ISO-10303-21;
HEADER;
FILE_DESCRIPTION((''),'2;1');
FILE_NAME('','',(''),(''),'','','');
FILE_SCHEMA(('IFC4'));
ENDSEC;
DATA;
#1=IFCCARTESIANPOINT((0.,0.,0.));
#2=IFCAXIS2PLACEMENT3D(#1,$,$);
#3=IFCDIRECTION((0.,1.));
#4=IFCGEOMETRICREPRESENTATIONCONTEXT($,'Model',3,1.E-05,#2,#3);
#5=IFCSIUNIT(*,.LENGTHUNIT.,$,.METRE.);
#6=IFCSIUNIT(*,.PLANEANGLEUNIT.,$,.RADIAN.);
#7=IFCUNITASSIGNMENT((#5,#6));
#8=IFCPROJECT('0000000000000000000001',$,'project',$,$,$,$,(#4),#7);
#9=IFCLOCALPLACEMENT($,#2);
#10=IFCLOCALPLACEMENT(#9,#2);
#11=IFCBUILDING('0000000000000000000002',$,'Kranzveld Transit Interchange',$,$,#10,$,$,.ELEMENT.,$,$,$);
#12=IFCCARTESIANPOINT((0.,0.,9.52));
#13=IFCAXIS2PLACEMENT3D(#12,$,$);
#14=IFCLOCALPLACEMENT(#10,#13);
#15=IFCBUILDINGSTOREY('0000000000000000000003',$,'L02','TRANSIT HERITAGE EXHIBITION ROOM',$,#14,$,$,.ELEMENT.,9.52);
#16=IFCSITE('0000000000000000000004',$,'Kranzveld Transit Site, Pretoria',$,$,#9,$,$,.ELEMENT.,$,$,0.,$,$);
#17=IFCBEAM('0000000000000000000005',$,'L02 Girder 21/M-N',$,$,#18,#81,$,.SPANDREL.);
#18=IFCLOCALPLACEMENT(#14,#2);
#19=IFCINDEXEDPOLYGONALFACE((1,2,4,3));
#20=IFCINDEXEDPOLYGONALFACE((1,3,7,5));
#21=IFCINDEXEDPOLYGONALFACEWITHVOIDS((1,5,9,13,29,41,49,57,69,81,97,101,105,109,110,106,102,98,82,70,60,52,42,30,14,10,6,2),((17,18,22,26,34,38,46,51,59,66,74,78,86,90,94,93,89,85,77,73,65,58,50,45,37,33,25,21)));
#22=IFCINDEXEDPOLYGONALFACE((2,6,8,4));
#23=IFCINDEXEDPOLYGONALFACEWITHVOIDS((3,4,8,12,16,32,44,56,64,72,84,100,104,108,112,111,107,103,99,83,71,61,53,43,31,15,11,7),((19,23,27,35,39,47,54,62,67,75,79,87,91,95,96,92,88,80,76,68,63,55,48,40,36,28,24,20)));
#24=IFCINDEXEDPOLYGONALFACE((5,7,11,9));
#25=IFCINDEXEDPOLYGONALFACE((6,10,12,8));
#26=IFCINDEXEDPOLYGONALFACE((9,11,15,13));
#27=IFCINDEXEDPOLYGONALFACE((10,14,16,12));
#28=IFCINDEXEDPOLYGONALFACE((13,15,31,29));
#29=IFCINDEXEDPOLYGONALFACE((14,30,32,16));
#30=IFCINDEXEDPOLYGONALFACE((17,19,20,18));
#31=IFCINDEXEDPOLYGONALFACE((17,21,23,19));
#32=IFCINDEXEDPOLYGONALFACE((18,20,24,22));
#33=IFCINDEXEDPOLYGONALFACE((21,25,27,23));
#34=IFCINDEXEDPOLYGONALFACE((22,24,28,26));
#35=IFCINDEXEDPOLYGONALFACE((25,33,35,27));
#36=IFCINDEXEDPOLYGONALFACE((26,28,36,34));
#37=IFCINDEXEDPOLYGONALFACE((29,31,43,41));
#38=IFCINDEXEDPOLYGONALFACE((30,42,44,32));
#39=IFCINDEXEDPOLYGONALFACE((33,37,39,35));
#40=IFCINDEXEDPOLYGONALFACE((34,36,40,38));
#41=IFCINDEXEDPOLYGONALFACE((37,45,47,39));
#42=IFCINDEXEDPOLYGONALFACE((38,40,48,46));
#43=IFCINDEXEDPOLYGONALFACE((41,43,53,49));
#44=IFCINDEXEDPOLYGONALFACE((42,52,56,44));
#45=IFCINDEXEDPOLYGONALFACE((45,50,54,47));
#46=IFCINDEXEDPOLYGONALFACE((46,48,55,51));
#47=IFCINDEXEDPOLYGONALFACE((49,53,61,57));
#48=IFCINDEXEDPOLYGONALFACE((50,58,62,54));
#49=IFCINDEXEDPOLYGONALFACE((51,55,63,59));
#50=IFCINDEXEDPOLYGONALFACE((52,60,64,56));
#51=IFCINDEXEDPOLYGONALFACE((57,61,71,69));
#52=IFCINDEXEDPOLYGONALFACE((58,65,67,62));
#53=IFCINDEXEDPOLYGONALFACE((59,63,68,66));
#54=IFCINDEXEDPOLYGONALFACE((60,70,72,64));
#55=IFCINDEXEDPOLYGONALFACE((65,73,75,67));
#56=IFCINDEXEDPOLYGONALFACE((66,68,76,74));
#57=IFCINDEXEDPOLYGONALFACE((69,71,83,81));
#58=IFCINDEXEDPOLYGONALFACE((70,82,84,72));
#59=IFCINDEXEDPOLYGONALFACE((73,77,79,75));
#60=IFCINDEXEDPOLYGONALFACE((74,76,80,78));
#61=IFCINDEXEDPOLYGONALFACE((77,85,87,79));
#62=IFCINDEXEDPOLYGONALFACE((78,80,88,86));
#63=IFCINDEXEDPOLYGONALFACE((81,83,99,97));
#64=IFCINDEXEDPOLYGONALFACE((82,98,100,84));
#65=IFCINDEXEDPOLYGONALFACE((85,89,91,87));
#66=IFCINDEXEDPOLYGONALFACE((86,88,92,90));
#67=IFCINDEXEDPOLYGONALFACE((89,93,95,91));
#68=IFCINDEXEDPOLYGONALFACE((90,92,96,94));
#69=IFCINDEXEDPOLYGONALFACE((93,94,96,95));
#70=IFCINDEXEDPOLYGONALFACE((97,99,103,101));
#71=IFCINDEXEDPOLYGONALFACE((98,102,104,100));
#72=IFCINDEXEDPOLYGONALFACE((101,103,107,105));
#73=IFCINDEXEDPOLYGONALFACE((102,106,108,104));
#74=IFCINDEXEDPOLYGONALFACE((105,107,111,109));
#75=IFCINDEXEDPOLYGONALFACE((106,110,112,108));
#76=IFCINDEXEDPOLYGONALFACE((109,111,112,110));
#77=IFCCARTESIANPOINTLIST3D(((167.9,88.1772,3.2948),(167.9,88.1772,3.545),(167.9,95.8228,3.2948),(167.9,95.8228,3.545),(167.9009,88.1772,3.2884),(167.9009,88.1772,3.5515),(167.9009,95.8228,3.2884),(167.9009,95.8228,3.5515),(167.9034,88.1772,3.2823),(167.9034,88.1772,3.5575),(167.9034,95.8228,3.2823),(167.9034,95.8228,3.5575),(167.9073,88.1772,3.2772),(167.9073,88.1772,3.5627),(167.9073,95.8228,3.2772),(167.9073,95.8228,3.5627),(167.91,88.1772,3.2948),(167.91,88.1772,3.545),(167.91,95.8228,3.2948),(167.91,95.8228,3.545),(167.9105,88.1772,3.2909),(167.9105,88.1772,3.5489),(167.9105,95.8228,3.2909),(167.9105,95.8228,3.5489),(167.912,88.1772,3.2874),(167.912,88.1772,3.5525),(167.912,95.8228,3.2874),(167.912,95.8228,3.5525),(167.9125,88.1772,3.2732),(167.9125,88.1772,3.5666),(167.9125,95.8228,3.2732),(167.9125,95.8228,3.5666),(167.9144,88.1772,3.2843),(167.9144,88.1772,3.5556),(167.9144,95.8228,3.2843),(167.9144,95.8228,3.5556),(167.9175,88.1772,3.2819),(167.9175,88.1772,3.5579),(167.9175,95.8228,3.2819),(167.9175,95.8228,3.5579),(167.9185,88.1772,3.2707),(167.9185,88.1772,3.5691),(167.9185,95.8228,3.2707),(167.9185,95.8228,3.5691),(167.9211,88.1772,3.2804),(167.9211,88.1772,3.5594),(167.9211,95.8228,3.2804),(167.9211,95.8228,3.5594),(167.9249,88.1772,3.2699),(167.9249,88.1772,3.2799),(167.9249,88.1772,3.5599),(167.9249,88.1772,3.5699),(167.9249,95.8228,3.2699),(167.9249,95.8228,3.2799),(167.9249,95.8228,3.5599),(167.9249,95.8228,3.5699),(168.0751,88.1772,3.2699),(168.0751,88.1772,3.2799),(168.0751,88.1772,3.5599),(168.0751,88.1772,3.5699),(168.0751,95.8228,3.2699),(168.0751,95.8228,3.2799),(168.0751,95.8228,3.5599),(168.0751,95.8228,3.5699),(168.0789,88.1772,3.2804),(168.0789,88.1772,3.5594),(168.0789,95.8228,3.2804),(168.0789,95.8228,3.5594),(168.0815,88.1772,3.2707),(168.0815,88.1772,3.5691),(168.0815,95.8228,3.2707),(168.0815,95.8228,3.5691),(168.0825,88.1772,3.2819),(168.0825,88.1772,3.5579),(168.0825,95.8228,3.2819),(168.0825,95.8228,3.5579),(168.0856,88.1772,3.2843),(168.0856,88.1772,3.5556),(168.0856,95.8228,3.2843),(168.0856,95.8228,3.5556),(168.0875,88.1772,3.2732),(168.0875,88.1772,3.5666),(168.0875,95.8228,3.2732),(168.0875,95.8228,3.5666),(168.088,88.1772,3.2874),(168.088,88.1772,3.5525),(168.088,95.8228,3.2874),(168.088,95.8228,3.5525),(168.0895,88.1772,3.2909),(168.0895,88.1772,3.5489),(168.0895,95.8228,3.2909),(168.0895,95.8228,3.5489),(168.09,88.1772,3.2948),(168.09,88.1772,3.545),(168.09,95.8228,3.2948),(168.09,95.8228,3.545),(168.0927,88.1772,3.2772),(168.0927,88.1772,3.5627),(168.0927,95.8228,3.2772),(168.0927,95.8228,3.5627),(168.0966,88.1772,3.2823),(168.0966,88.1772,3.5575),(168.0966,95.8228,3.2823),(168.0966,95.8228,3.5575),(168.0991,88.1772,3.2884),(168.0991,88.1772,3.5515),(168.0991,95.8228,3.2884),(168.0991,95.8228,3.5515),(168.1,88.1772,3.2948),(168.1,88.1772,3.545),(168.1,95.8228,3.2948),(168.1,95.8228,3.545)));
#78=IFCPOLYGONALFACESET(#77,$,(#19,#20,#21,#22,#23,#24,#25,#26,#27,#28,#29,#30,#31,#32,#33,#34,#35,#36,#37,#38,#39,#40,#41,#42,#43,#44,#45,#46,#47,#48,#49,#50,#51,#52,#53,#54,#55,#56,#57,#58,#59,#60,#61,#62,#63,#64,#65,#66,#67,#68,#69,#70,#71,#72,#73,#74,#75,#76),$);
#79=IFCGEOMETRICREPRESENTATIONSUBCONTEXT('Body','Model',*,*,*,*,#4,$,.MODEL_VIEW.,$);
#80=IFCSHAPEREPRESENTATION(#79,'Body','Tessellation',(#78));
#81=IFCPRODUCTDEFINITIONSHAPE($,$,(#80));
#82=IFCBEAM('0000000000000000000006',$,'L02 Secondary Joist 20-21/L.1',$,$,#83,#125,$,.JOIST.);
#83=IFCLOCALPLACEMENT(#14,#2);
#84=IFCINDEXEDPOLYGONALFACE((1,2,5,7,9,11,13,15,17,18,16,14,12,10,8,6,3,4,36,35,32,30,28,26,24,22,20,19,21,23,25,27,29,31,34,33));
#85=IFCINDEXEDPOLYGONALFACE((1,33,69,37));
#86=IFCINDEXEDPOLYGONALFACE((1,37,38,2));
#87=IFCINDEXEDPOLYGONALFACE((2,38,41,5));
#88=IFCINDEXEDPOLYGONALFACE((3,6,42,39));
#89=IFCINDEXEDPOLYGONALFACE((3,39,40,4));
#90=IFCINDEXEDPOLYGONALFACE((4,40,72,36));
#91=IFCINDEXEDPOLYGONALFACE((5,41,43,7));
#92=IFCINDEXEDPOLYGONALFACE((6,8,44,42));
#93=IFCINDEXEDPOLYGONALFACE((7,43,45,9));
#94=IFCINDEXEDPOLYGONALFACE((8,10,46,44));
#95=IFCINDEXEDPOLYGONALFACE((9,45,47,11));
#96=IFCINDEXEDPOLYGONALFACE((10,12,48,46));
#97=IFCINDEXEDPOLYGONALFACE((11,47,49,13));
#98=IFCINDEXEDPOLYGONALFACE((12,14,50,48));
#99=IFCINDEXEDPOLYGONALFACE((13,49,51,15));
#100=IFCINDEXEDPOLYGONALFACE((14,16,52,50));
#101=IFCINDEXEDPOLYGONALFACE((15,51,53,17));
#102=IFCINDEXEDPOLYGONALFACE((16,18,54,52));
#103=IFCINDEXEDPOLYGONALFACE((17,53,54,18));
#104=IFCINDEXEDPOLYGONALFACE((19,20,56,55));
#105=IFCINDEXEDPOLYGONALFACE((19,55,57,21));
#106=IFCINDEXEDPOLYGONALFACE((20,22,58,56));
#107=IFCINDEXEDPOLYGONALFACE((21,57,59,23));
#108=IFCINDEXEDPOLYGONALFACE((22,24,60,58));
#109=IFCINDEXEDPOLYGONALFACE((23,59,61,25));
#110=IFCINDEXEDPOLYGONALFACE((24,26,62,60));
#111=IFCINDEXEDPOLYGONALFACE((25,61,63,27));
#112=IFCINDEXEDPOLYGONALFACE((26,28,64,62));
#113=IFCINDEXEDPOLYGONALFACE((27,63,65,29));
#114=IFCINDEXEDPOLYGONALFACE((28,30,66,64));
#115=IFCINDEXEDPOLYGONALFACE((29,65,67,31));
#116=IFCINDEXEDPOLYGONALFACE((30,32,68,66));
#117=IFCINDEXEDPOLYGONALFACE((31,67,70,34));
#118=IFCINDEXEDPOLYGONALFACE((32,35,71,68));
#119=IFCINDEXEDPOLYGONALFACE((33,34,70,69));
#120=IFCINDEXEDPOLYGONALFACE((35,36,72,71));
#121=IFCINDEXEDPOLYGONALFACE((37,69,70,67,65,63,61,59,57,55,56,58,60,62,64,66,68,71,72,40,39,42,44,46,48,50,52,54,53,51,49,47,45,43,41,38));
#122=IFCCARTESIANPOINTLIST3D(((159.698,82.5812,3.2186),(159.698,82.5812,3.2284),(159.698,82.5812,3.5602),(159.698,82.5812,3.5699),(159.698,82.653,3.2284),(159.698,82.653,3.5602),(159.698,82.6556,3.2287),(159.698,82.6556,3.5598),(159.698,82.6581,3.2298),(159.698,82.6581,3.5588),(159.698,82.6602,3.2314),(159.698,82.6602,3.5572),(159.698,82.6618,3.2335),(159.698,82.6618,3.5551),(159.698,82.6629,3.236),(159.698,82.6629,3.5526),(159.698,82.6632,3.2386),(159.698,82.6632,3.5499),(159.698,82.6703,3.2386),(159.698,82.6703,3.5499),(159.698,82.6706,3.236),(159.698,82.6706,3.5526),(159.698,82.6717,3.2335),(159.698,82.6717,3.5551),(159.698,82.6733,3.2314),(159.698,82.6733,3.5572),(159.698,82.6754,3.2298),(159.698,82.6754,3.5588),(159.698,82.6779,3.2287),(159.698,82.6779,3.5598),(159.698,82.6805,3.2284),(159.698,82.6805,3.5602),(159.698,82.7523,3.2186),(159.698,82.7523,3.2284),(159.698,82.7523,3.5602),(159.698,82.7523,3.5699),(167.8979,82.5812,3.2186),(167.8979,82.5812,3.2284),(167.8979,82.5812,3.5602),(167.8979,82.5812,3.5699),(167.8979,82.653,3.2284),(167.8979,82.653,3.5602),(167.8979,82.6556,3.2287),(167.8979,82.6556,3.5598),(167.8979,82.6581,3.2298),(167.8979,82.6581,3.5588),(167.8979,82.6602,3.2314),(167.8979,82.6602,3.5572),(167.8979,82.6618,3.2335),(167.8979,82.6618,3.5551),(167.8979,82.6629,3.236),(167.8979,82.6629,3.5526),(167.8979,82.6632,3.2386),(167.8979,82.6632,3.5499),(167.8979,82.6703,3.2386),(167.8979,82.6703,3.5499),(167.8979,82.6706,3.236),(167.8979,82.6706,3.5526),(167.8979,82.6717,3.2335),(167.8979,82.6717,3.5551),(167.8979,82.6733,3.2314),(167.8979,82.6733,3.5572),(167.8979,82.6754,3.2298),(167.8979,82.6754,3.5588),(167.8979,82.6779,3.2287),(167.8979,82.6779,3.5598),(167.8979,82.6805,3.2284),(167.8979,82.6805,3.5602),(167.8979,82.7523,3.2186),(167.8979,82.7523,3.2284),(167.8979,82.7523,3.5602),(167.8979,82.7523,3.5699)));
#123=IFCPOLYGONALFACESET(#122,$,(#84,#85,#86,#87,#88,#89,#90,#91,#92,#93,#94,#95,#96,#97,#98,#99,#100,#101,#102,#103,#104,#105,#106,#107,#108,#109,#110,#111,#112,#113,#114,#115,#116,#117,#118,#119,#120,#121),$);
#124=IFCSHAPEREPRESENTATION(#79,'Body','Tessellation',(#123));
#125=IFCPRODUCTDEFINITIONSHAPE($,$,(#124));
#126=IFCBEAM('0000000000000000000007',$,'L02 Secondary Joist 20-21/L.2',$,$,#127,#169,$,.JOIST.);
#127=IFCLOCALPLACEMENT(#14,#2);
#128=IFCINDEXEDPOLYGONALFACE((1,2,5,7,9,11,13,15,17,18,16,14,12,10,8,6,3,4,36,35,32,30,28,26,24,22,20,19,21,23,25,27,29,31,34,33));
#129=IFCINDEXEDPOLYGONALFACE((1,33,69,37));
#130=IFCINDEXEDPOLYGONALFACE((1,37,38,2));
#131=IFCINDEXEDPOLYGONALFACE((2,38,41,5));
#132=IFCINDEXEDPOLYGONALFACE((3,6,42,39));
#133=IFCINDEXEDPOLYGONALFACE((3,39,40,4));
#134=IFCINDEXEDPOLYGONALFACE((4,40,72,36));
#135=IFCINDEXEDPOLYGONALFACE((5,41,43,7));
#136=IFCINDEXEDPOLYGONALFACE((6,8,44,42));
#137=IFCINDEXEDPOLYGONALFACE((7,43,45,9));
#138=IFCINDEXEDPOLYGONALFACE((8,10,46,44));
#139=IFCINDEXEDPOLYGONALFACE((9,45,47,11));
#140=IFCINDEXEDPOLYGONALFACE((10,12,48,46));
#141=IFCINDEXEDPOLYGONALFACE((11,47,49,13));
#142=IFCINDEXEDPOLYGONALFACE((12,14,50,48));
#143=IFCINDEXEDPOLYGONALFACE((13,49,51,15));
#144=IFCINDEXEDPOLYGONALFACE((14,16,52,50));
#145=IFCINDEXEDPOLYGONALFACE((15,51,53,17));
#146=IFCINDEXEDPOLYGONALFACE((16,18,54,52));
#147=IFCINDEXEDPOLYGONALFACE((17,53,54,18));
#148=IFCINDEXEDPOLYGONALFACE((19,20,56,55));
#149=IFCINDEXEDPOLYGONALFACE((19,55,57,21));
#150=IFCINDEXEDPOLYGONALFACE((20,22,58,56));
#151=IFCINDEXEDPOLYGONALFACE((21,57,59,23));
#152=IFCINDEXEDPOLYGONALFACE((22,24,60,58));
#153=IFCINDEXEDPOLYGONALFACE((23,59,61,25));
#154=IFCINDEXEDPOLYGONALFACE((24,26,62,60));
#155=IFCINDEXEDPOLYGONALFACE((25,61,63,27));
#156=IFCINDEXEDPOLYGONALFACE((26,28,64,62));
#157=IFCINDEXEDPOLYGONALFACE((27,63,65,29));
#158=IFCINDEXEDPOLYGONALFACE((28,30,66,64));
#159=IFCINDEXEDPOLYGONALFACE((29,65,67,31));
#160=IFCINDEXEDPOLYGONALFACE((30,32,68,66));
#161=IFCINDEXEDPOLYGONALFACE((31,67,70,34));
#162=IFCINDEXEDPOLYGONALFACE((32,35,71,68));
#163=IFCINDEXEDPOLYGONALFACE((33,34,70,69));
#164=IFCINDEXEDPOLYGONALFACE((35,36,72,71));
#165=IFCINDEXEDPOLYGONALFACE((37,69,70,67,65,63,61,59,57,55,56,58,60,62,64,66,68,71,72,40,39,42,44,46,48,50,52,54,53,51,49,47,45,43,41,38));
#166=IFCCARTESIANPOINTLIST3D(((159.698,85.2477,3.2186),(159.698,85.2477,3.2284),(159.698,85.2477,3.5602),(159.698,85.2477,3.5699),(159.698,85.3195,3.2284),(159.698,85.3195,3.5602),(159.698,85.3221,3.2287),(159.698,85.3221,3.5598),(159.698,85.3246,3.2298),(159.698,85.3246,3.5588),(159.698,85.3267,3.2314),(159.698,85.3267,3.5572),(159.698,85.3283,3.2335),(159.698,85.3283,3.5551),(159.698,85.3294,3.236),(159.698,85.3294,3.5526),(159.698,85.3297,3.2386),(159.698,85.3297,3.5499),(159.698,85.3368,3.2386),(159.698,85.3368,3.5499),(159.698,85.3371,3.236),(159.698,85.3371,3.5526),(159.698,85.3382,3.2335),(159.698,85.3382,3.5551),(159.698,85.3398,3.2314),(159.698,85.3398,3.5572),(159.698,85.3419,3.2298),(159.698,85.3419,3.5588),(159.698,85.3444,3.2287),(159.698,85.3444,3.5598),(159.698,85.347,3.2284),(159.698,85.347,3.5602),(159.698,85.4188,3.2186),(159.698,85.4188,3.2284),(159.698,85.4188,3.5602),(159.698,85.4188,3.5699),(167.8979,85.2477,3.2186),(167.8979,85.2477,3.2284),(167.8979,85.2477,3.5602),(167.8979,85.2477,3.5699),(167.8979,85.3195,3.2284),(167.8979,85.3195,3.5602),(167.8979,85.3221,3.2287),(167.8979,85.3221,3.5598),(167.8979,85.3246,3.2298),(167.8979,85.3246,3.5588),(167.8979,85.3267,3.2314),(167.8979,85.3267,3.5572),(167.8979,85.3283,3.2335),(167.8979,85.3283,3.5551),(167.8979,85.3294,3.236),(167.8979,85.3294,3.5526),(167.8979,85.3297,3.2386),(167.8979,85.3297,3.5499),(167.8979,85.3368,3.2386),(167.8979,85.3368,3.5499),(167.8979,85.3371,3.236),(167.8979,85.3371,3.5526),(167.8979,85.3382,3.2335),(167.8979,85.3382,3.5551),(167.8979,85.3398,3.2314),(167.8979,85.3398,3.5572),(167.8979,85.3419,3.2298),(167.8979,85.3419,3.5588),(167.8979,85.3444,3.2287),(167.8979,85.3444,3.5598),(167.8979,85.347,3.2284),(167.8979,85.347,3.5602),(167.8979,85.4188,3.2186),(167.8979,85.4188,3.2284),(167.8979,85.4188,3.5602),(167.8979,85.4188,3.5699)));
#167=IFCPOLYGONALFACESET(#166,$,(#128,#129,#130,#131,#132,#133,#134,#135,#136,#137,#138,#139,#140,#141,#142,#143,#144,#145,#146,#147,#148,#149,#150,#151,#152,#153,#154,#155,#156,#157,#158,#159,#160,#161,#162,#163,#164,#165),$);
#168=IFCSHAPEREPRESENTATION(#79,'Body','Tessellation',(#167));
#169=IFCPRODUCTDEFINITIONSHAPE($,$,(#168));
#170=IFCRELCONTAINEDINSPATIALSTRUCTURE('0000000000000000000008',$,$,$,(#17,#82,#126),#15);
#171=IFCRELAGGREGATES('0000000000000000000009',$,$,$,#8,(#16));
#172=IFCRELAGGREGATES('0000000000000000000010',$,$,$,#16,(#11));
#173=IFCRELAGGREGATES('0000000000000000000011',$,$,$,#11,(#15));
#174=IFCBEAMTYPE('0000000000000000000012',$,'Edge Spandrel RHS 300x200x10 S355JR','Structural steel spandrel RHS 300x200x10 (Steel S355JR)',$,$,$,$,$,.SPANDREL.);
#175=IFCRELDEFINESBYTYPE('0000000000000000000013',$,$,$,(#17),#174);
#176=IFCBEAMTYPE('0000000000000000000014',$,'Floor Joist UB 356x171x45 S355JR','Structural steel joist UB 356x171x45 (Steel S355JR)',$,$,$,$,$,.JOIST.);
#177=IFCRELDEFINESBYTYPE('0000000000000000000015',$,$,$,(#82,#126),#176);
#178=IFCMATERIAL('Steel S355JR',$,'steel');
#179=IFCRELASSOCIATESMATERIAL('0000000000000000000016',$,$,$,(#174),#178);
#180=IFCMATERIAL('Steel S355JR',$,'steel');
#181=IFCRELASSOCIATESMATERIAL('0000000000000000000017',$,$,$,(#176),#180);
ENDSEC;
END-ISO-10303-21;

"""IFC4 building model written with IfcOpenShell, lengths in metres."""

from ifc_helpers import new_model, si_unit, direction, frame, origin, origin_2d, place, context, subcontext, project, spatial, hollow_rectangle, i_section, extrude, material, material_profile, profile_set, type_object, element, save


model = new_model("IFC4")

# Units and contexts
model_context = context("Model", 3, precision=1e-05, world=origin(), true_north=direction((0.0, 1.0)))
body_context = subcontext(model_context, "Body", "Model", "MODEL_VIEW")
ifc_project = project(units=[si_unit("LENGTHUNIT", "METRE"), si_unit("PLANEANGLEUNIT", "RADIAN")], contexts=[model_context])

# Site, building, storey
site_placement = place(None, origin())
site = spatial("IfcSite", under=ifc_project, at=site_placement, Name="Kranzveld Transit Site, Pretoria", CompositionType="ELEMENT", RefElevation=0.0)
building_placement = place(site_placement, origin())
building = spatial("IfcBuilding", under=site, at=building_placement, Name="Kranzveld Transit Interchange", CompositionType="ELEMENT")
storey_placement = place(building_placement, frame((0.0, 0.0, 9.52)))
storey = spatial("IfcBuildingStorey", under=building, at=storey_placement, Name="L02", Description="TRANSIT HERITAGE EXHIBITION ROOM", CompositionType="ELEMENT", Elevation=9.52)

# Beams
ifc_material_1 = material(Name="Steel S355JR", Category="steel")
ifc_material_profile_1 = material_profile(ifc_material_1, hollow_rectangle(XDim=0.2, YDim=0.3, WallThickness=0.01, InnerFilletRadius=0.0149, OuterFilletRadius=0.0249, at=origin_2d()), Name="RHS 300x200x10")
ifc_profile_set_1 = profile_set([ifc_material_profile_1], Name="Steel S355JR")
beam_type_1 = type_object("IfcBeamType", Name="Edge Spandrel RHS 300x200x10 S355JR", Description="Structural steel spandrel RHS 300x200x10 (Steel S355JR)", PredefinedType="SPANDREL", material=ifc_profile_set_1)
for number, where, z_axis, x_axis, name in (
    (1, (168.0, 88.1772, 3.4199), (0.0, 1.0, 0.0), (-1.0, 0.0, 0.0), "L02 Girder 21/M-N"),
):
    element("IfcBeam", number, at=place(storey_placement, frame(where, z_axis=z_axis, x_axis=x_axis)), inside=storey, type_object=beam_type_1, Name=name, PredefinedType="SPANDREL", context=body_context, shape_type="SweptSolid", body=[
        extrude(hollow_rectangle(XDim=0.2, YDim=0.3, WallThickness=0.01, InnerFilletRadius=0.0149, OuterFilletRadius=0.0249, at=origin_2d()), origin(), (0.0, 0.0, 1.0), 7.6455),
    ])
ifc_material_2 = material(Name="Steel S355JR", Category="steel")
ifc_material_profile_2 = material_profile(ifc_material_2, i_section(OverallWidth=0.1711, OverallDepth=0.3513, WebThickness=0.0071, FlangeThickness=0.0098, FilletRadius=0.0103, at=origin_2d()), Name="UB 356x171x45")
ifc_profile_set_2 = profile_set([ifc_material_profile_2], Name="Steel S355JR")
beam_type_2 = type_object("IfcBeamType", Name="Floor Joist UB 356x171x45 S355JR", Description="Structural steel joist UB 356x171x45 (Steel S355JR)", PredefinedType="JOIST", material=ifc_profile_set_2)
for number, where, z_axis, x_axis, name in (
    (2, (159.698, 82.6667, 3.3943), (1.0, 0.0, 0.0), (0.0, 1.0, 0.0), "L02 Secondary Joist 20-21/L.1"),
    (3, (159.698, 85.3333, 3.3943), (1.0, 0.0, 0.0), (0.0, 1.0, 0.0), "L02 Secondary Joist 20-21/L.2"),
):
    element("IfcBeam", number, at=place(storey_placement, frame(where, z_axis=z_axis, x_axis=x_axis)), inside=storey, type_object=beam_type_2, Name=name, PredefinedType="JOIST", context=body_context, shape_type="SweptSolid", body=[
        extrude(i_section(OverallWidth=0.1711, OverallDepth=0.3513, WebThickness=0.0071, FlangeThickness=0.0098, FilletRadius=0.0103, at=origin_2d()), origin(), (0.0, 0.0, 1.0), 8.2),
    ])

save(model, "model.ifc")
